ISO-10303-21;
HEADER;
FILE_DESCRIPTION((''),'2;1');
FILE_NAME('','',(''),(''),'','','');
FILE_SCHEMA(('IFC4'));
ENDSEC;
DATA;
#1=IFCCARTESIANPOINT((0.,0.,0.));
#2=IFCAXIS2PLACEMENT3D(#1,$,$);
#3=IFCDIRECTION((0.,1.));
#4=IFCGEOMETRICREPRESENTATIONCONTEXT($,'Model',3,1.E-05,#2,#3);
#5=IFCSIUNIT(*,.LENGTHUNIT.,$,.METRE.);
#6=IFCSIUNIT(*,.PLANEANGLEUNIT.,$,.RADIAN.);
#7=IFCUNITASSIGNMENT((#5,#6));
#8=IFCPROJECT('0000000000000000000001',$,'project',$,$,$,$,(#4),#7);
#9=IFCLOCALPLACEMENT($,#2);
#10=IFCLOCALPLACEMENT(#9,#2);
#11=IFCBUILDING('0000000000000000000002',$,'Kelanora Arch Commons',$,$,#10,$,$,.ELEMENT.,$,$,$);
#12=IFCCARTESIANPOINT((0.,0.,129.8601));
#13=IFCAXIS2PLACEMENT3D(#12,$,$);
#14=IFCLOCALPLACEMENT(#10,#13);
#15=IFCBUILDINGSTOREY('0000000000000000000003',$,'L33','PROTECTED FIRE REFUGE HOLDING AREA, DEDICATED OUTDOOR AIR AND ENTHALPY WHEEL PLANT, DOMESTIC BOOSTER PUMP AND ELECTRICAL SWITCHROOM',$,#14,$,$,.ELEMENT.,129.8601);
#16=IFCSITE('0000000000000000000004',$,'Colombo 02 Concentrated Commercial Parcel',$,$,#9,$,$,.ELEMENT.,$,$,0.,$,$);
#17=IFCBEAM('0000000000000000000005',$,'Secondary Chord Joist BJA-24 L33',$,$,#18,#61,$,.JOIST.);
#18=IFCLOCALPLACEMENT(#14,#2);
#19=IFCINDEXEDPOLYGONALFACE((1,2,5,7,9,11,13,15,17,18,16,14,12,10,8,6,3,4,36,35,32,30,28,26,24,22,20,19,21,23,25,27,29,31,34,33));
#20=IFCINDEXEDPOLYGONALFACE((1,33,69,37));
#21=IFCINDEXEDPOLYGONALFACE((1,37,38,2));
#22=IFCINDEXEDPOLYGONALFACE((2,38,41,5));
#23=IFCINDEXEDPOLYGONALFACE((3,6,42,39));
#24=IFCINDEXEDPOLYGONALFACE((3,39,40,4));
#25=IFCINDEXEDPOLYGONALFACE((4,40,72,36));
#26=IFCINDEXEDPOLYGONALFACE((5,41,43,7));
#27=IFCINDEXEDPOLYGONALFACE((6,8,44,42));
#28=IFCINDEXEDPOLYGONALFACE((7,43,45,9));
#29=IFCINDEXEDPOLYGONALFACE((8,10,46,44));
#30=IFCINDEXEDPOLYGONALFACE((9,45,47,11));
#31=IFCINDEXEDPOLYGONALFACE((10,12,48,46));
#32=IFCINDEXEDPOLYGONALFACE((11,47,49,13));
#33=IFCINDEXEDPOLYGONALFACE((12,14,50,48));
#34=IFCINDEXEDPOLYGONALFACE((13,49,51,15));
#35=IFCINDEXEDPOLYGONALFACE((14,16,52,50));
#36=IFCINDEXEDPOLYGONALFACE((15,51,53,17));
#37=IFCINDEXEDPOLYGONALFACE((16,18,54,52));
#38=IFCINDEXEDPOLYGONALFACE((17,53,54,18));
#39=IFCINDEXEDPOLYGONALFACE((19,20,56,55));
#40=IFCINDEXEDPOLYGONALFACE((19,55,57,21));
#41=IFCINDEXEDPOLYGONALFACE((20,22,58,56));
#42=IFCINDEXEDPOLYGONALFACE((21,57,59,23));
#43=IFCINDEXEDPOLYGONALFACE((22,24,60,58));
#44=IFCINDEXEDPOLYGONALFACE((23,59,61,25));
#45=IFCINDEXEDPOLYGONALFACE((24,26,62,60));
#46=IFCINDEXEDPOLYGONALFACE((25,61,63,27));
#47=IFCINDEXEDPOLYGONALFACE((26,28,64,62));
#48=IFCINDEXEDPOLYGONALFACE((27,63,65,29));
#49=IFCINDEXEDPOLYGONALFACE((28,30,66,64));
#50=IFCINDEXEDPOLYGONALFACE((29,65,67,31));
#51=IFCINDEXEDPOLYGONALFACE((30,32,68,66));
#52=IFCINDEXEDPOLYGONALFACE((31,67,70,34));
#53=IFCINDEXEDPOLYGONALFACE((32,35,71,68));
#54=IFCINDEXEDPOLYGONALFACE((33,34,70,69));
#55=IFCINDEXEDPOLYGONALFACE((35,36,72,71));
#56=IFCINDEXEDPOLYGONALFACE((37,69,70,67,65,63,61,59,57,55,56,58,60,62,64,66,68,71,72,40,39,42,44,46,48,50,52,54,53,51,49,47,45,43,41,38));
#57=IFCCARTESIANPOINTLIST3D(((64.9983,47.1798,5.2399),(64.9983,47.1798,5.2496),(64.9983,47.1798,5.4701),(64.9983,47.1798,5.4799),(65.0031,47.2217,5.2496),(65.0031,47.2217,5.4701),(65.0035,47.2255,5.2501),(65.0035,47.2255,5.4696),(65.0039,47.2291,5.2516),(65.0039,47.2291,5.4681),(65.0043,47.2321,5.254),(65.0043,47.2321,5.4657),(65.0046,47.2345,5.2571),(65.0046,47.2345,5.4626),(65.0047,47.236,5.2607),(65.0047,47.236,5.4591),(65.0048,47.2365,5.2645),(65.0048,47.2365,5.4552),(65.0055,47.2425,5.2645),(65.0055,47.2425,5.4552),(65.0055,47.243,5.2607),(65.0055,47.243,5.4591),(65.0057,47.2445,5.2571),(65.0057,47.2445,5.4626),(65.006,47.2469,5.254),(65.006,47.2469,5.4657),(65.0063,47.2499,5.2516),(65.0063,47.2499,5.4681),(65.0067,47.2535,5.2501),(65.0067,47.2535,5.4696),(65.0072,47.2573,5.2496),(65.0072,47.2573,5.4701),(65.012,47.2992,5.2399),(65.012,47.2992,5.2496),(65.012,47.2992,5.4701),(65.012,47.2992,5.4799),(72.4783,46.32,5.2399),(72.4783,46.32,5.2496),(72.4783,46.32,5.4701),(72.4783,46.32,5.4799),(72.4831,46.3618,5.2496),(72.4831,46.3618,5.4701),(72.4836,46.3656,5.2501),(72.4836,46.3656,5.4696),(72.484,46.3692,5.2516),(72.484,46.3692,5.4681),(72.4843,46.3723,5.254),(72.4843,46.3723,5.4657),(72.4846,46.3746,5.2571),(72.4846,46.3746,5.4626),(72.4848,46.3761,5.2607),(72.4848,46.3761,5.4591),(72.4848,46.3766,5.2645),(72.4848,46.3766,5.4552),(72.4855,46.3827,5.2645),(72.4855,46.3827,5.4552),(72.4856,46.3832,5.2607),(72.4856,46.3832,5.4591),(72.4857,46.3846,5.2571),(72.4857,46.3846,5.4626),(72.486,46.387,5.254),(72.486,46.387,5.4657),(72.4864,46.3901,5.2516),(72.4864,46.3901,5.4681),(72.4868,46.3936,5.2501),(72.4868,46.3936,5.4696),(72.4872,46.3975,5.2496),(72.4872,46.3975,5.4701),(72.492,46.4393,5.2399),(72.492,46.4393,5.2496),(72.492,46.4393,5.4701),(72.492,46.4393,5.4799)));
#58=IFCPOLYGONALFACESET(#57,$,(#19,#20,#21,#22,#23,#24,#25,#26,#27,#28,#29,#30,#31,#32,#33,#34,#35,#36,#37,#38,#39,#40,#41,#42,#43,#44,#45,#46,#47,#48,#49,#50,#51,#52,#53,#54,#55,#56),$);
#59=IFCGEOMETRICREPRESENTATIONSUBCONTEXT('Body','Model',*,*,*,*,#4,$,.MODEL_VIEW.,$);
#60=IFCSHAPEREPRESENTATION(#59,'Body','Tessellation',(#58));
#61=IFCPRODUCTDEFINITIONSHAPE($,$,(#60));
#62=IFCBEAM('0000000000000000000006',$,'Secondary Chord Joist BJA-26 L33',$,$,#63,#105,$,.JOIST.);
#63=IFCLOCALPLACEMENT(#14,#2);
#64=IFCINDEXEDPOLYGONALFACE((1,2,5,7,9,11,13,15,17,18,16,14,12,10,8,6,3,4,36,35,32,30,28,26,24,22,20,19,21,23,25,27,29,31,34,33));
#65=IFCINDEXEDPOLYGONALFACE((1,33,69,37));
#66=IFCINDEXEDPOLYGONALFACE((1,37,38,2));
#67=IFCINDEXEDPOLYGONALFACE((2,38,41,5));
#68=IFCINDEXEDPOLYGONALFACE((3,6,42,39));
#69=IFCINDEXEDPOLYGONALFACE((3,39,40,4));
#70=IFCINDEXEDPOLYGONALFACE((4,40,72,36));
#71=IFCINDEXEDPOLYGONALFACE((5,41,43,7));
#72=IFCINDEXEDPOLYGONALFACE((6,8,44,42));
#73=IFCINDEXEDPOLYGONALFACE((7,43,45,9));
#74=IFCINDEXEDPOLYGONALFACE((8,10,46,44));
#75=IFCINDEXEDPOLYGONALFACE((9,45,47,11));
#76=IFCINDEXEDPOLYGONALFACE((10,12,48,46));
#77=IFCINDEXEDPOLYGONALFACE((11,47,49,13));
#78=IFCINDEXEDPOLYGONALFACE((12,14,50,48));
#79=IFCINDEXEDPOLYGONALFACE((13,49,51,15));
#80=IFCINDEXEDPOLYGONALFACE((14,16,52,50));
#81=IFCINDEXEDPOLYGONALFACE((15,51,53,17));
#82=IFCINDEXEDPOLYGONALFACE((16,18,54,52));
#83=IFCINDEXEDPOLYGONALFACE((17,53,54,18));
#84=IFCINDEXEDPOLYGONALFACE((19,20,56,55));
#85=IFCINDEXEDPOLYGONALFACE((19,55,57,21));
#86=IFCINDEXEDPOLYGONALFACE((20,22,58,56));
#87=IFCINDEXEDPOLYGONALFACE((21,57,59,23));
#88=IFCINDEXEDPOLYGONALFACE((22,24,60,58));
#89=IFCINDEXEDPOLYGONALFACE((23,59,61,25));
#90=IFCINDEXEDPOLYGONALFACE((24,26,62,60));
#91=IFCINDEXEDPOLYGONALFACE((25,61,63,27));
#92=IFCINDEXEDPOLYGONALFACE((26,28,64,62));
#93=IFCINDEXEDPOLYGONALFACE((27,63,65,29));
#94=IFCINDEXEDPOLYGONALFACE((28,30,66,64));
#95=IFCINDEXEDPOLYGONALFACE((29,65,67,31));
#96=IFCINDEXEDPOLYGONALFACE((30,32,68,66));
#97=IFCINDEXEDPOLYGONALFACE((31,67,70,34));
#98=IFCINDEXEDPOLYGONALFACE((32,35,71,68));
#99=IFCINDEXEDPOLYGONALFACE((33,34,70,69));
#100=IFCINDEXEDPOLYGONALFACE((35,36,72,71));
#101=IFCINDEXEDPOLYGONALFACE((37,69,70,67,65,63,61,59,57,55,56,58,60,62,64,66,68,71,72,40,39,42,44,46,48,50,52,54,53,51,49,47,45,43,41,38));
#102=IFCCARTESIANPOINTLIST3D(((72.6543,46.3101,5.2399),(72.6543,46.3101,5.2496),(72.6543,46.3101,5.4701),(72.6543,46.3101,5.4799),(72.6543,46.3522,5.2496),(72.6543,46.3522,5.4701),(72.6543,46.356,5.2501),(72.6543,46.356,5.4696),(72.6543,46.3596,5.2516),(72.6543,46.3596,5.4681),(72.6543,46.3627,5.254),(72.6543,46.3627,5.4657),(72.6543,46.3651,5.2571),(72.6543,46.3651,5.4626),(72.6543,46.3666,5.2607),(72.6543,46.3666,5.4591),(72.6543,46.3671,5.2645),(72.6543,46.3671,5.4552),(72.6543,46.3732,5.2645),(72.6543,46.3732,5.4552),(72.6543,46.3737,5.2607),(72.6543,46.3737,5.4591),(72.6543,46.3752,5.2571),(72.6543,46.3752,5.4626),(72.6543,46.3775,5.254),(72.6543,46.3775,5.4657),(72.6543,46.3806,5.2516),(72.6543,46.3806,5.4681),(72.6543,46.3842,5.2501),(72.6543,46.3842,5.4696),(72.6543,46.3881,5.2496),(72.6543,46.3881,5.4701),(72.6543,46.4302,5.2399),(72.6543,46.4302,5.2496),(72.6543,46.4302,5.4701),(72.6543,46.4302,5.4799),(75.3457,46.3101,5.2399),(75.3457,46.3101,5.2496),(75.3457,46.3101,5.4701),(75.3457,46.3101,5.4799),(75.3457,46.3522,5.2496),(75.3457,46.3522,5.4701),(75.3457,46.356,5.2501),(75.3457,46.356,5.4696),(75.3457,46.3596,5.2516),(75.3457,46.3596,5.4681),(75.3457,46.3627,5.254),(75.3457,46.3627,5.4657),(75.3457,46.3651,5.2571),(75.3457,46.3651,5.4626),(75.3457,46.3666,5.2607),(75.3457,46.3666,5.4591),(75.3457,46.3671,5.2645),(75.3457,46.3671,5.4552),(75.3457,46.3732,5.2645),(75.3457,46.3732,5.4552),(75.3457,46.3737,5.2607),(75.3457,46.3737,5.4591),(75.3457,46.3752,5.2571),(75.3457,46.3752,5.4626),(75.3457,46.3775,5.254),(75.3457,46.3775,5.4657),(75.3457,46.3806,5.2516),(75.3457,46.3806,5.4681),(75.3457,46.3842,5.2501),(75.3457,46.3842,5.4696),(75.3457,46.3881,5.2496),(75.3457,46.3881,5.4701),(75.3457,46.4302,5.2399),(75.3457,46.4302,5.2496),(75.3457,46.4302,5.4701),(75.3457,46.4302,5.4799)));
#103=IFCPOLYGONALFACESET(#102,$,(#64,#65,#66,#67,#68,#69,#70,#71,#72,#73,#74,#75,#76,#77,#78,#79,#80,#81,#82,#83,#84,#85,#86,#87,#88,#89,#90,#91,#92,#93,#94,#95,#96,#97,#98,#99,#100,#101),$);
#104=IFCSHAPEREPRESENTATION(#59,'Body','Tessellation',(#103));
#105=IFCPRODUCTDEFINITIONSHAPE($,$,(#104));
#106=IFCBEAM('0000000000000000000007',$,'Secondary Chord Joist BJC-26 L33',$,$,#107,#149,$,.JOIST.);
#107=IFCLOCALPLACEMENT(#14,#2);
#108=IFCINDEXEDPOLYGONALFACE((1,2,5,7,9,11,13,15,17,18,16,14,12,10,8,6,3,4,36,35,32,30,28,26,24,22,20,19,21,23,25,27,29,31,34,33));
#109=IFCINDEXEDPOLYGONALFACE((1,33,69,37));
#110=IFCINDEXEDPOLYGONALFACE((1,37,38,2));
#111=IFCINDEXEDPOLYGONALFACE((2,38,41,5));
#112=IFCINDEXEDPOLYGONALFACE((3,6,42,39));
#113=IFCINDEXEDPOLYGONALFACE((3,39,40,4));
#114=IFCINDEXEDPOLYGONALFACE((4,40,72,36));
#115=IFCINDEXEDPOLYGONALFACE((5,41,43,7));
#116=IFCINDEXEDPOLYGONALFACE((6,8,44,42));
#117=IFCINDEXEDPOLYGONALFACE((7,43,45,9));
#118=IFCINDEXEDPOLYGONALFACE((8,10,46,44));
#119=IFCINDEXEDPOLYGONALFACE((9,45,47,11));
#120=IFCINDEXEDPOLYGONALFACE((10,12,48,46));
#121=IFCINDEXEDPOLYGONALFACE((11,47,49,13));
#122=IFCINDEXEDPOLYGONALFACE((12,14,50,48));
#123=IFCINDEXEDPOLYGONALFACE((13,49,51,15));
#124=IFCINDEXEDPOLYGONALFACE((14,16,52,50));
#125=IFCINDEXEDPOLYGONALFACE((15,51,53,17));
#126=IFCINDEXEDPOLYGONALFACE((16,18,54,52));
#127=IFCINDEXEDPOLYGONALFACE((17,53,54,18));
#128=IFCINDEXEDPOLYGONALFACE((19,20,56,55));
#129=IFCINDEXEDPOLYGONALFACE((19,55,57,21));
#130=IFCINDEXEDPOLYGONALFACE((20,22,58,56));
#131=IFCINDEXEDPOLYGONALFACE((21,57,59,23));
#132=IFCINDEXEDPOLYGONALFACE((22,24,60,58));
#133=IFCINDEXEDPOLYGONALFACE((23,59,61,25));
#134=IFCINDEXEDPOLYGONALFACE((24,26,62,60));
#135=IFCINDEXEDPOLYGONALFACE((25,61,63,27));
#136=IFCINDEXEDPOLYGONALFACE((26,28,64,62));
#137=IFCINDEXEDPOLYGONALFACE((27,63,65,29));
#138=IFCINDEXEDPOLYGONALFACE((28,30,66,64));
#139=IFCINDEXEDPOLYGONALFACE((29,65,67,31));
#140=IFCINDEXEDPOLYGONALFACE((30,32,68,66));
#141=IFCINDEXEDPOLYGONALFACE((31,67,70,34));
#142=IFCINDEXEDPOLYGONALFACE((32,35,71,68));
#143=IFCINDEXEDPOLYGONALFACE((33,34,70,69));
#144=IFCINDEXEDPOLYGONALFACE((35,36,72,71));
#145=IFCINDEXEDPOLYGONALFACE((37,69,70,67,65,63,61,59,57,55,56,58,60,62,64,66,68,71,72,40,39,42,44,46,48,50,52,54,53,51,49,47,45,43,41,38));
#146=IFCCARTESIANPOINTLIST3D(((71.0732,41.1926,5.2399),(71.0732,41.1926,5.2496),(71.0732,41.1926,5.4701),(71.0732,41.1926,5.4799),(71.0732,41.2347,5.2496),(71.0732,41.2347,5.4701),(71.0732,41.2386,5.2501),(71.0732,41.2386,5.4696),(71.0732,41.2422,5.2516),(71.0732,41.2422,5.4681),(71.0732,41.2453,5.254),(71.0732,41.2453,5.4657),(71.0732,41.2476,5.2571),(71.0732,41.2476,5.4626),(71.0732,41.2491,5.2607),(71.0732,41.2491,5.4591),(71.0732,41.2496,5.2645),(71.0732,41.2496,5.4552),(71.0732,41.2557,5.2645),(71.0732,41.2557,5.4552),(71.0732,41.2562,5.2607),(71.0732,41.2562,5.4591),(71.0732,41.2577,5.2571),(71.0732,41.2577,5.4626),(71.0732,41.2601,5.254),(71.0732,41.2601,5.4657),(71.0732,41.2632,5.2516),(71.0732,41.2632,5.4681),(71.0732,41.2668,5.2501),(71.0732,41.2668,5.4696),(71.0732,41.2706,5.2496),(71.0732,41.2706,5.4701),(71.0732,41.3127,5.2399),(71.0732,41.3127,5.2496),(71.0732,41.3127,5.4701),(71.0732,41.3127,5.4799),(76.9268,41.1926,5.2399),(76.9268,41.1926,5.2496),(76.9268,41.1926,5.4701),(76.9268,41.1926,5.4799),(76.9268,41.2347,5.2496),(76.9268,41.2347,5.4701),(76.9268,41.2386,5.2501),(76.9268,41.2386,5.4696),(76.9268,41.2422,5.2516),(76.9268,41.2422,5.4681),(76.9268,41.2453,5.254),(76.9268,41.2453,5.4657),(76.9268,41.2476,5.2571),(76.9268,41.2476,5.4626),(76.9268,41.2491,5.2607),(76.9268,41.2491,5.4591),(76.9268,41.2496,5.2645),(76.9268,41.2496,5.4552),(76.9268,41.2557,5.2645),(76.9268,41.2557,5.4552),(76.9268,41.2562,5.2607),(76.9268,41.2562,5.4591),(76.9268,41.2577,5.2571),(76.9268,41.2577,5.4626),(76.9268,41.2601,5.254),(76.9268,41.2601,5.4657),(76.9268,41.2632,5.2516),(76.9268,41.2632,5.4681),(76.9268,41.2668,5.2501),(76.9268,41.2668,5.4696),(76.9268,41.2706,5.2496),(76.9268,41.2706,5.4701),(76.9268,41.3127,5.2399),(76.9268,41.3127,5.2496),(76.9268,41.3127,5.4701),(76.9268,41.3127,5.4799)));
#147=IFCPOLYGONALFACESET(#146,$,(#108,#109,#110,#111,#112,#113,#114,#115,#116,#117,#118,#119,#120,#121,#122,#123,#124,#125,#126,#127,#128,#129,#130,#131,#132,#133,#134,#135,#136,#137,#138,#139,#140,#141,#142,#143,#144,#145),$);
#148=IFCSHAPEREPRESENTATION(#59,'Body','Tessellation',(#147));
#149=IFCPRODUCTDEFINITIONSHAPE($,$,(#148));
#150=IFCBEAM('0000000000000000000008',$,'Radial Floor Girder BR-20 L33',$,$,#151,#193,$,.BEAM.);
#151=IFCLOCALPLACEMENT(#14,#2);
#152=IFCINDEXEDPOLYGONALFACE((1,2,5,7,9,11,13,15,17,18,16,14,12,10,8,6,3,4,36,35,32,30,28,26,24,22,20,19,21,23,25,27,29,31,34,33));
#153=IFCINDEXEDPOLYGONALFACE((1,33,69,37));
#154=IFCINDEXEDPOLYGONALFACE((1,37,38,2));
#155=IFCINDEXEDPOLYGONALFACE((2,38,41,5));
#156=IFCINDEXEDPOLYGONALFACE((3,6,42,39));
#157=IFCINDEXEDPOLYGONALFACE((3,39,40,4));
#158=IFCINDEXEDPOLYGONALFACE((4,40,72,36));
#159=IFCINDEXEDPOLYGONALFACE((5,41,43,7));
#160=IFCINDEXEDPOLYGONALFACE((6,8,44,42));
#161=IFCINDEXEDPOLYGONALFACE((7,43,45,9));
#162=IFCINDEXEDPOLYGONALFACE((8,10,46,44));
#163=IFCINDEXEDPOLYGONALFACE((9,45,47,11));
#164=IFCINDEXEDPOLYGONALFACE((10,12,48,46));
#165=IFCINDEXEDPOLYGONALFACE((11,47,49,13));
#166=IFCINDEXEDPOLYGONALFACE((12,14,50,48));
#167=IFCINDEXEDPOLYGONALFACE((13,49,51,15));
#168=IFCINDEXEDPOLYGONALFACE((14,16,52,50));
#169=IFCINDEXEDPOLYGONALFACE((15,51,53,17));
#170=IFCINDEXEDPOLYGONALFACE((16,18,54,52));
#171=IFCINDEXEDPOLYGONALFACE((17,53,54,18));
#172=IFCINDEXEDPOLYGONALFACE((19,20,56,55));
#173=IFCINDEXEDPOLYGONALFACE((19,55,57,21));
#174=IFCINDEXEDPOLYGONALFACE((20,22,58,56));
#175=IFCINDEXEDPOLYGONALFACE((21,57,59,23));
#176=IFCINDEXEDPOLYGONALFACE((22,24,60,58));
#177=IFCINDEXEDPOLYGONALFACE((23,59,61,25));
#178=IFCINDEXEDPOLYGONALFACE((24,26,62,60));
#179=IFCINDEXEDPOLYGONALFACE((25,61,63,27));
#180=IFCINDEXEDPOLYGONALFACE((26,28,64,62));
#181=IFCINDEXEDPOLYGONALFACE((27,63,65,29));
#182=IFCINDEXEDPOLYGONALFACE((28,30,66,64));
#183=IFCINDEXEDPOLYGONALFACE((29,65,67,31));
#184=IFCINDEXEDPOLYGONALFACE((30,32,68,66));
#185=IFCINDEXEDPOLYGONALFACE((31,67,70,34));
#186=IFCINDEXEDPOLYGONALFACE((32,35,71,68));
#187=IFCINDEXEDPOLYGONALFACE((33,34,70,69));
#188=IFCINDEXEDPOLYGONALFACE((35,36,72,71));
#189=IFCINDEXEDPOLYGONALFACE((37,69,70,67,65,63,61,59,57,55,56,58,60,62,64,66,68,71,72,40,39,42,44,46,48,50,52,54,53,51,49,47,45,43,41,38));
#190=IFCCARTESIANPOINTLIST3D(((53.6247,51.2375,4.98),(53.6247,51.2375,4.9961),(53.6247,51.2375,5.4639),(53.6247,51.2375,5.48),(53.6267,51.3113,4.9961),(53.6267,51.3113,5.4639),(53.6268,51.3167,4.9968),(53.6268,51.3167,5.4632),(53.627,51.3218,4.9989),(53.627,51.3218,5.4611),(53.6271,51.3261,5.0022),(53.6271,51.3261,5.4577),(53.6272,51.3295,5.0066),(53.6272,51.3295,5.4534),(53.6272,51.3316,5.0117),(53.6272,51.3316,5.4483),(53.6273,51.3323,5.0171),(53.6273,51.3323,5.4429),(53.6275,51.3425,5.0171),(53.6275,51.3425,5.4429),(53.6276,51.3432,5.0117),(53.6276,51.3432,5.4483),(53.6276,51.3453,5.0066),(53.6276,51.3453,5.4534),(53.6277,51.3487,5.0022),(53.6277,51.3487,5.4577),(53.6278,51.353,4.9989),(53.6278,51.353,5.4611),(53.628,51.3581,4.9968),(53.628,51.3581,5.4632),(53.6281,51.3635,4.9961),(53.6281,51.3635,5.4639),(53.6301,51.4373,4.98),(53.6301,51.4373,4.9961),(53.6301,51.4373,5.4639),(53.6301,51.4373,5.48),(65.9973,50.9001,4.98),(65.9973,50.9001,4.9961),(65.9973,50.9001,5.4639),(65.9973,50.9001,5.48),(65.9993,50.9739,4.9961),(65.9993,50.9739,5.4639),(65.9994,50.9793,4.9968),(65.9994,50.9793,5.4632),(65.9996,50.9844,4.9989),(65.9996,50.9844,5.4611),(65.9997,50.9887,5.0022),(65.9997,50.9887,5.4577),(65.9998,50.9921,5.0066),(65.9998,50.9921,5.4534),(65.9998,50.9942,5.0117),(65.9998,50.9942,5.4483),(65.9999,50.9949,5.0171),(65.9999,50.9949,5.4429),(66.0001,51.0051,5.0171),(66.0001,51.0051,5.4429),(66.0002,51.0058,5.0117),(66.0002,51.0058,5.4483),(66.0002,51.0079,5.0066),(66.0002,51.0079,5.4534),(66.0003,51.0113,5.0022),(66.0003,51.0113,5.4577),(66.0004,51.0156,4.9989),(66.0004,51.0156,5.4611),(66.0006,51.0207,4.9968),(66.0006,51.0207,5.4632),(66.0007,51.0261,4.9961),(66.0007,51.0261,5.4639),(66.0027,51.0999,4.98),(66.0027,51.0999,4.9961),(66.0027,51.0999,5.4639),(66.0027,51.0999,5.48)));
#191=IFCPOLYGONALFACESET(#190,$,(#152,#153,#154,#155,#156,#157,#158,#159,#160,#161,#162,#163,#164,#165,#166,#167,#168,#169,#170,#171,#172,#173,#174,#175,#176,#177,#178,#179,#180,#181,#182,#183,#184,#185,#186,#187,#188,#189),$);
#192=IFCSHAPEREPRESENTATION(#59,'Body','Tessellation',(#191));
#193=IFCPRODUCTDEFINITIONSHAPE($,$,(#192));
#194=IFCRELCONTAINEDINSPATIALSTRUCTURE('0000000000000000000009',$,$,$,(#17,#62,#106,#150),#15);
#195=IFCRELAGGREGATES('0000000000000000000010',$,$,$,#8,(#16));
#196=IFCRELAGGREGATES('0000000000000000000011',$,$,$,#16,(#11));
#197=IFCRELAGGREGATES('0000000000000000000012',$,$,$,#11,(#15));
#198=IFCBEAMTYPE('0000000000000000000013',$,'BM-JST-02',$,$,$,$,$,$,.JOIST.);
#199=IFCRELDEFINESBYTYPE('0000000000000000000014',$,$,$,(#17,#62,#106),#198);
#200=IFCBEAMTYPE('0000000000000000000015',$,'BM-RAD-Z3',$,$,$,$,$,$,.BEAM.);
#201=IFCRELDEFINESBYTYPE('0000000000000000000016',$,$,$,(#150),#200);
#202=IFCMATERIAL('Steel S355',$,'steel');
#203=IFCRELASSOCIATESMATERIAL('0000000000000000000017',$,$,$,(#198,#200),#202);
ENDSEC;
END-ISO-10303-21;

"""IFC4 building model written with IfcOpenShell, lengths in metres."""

from ifc_helpers import new_model, si_unit, direction, frame, origin, origin_2d, place, context, subcontext, project, spatial, i_section, extrude, material, material_profile, profile_set, type_object, element, save


model = new_model("IFC4")

# Units and contexts
model_context = context("Model", 3, precision=1e-05, world=origin(), true_north=direction((0.0, 1.0)))
body_context = subcontext(model_context, "Body", "Model", "MODEL_VIEW")
ifc_project = project(units=[si_unit("LENGTHUNIT", "METRE"), si_unit("PLANEANGLEUNIT", "RADIAN")], contexts=[model_context])

# Site, building, storey
site_placement = place(None, origin())
site = spatial("IfcSite", under=ifc_project, at=site_placement, Name="Colombo 02 Concentrated Commercial Parcel", CompositionType="ELEMENT", RefElevation=0.0)
building_placement = place(site_placement, origin())
building = spatial("IfcBuilding", under=site, at=building_placement, Name="Kelanora Arch Commons", CompositionType="ELEMENT")
storey_placement = place(building_placement, frame((0.0, 0.0, 129.8601)))
storey = spatial("IfcBuildingStorey", under=building, at=storey_placement, Name="L33", Description="PROTECTED FIRE REFUGE HOLDING AREA, DEDICATED OUTDOOR AIR AND ENTHALPY WHEEL PLANT, DOMESTIC BOOSTER PUMP AND ELECTRICAL SWITCHROOM", CompositionType="ELEMENT", Elevation=129.8601)

# Beams
ifc_material_1 = material(Name="Steel S355", Category="steel")
ifc_material_profile_1 = material_profile(ifc_material_1, i_section(OverallWidth=0.1201, OverallDepth=0.24, WebThickness=0.0061, FlangeThickness=0.0098, FilletRadius=0.0149, at=origin_2d()), Name="IPE240")
ifc_profile_set_1 = profile_set([ifc_material_profile_1], Name="Steel S355")
beam_type_1 = type_object("IfcBeamType", Name="BM-JST-02", PredefinedType="JOIST", material=ifc_profile_set_1)
beam_1_placement = place(storey_placement, frame((65.0051, 47.2395, 5.3599), z_axis=(0.993457, -0.114203, 0.0), x_axis=(0.114203, 0.993457, 0.0)))
element("IfcBeam", 1, at=beam_1_placement, inside=storey, type_object=beam_type_1, Name="Secondary Chord Joist BJA-24 L33", PredefinedType="JOIST", context=body_context, shape_type="SweptSolid", body=[
    extrude(i_section(OverallWidth=0.1201, OverallDepth=0.24, WebThickness=0.0061, FlangeThickness=0.0098, FilletRadius=0.0149, at=origin_2d()), origin(), (0.0, 0.0, 1.0), 7.5293),
])
beam_2_placement = place(storey_placement, frame((72.6543, 46.3701, 5.3599), z_axis=(1.0, 0.0, 0.0), x_axis=(0.0, 1.0, 0.0)))
element("IfcBeam", 2, at=beam_2_placement, inside=storey, type_object=beam_type_1, Name="Secondary Chord Joist BJA-26 L33", PredefinedType="JOIST", context=body_context, shape_type="SweptSolid", body=[
    extrude(i_section(OverallWidth=0.1201, OverallDepth=0.24, WebThickness=0.0061, FlangeThickness=0.0098, FilletRadius=0.0149, at=origin_2d()), origin(), (0.0, 0.0, 1.0), 2.6914),
])
beam_3_placement = place(storey_placement, frame((71.0732, 41.2527, 5.3599), z_axis=(1.0, 0.0, 0.0), x_axis=(0.0, 1.0, 0.0)))
element("IfcBeam", 3, at=beam_3_placement, inside=storey, type_object=beam_type_1, Name="Secondary Chord Joist BJC-26 L33", PredefinedType="JOIST", context=body_context, shape_type="SweptSolid", body=[
    extrude(i_section(OverallWidth=0.1201, OverallDepth=0.24, WebThickness=0.0061, FlangeThickness=0.0098, FilletRadius=0.0149, at=origin_2d()), origin(), (0.0, 0.0, 1.0), 5.8535),
])
ifc_material_profile_2 = material_profile(ifc_material_1, i_section(OverallWidth=0.2, OverallDepth=0.5, WebThickness=0.0103, FlangeThickness=0.0161, FilletRadius=0.021, at=origin_2d()), Name="IPE500")
ifc_profile_set_2 = profile_set([ifc_material_profile_2], Name="Steel S355")
beam_type_2 = type_object("IfcBeamType", Name="BM-RAD-Z3", PredefinedType="BEAM", material=ifc_profile_set_2)
beam_4_placement = place(storey_placement, frame((66.0, 51.0, 5.23), z_axis=(-0.999628, 0.02726, 0.0), x_axis=(-0.02726, -0.999628, 0.0)))
element("IfcBeam", 4, at=beam_4_placement, inside=storey, type_object=beam_type_2, Name="Radial Floor Girder BR-20 L33", PredefinedType="BEAM", context=body_context, shape_type="SweptSolid", body=[
    extrude(i_section(OverallWidth=0.2, OverallDepth=0.5, WebThickness=0.0103, FlangeThickness=0.0161, FilletRadius=0.021, at=origin_2d()), origin(), (0.0, 0.0, 1.0), 12.3772),
])

save(model, "model.ifc")
